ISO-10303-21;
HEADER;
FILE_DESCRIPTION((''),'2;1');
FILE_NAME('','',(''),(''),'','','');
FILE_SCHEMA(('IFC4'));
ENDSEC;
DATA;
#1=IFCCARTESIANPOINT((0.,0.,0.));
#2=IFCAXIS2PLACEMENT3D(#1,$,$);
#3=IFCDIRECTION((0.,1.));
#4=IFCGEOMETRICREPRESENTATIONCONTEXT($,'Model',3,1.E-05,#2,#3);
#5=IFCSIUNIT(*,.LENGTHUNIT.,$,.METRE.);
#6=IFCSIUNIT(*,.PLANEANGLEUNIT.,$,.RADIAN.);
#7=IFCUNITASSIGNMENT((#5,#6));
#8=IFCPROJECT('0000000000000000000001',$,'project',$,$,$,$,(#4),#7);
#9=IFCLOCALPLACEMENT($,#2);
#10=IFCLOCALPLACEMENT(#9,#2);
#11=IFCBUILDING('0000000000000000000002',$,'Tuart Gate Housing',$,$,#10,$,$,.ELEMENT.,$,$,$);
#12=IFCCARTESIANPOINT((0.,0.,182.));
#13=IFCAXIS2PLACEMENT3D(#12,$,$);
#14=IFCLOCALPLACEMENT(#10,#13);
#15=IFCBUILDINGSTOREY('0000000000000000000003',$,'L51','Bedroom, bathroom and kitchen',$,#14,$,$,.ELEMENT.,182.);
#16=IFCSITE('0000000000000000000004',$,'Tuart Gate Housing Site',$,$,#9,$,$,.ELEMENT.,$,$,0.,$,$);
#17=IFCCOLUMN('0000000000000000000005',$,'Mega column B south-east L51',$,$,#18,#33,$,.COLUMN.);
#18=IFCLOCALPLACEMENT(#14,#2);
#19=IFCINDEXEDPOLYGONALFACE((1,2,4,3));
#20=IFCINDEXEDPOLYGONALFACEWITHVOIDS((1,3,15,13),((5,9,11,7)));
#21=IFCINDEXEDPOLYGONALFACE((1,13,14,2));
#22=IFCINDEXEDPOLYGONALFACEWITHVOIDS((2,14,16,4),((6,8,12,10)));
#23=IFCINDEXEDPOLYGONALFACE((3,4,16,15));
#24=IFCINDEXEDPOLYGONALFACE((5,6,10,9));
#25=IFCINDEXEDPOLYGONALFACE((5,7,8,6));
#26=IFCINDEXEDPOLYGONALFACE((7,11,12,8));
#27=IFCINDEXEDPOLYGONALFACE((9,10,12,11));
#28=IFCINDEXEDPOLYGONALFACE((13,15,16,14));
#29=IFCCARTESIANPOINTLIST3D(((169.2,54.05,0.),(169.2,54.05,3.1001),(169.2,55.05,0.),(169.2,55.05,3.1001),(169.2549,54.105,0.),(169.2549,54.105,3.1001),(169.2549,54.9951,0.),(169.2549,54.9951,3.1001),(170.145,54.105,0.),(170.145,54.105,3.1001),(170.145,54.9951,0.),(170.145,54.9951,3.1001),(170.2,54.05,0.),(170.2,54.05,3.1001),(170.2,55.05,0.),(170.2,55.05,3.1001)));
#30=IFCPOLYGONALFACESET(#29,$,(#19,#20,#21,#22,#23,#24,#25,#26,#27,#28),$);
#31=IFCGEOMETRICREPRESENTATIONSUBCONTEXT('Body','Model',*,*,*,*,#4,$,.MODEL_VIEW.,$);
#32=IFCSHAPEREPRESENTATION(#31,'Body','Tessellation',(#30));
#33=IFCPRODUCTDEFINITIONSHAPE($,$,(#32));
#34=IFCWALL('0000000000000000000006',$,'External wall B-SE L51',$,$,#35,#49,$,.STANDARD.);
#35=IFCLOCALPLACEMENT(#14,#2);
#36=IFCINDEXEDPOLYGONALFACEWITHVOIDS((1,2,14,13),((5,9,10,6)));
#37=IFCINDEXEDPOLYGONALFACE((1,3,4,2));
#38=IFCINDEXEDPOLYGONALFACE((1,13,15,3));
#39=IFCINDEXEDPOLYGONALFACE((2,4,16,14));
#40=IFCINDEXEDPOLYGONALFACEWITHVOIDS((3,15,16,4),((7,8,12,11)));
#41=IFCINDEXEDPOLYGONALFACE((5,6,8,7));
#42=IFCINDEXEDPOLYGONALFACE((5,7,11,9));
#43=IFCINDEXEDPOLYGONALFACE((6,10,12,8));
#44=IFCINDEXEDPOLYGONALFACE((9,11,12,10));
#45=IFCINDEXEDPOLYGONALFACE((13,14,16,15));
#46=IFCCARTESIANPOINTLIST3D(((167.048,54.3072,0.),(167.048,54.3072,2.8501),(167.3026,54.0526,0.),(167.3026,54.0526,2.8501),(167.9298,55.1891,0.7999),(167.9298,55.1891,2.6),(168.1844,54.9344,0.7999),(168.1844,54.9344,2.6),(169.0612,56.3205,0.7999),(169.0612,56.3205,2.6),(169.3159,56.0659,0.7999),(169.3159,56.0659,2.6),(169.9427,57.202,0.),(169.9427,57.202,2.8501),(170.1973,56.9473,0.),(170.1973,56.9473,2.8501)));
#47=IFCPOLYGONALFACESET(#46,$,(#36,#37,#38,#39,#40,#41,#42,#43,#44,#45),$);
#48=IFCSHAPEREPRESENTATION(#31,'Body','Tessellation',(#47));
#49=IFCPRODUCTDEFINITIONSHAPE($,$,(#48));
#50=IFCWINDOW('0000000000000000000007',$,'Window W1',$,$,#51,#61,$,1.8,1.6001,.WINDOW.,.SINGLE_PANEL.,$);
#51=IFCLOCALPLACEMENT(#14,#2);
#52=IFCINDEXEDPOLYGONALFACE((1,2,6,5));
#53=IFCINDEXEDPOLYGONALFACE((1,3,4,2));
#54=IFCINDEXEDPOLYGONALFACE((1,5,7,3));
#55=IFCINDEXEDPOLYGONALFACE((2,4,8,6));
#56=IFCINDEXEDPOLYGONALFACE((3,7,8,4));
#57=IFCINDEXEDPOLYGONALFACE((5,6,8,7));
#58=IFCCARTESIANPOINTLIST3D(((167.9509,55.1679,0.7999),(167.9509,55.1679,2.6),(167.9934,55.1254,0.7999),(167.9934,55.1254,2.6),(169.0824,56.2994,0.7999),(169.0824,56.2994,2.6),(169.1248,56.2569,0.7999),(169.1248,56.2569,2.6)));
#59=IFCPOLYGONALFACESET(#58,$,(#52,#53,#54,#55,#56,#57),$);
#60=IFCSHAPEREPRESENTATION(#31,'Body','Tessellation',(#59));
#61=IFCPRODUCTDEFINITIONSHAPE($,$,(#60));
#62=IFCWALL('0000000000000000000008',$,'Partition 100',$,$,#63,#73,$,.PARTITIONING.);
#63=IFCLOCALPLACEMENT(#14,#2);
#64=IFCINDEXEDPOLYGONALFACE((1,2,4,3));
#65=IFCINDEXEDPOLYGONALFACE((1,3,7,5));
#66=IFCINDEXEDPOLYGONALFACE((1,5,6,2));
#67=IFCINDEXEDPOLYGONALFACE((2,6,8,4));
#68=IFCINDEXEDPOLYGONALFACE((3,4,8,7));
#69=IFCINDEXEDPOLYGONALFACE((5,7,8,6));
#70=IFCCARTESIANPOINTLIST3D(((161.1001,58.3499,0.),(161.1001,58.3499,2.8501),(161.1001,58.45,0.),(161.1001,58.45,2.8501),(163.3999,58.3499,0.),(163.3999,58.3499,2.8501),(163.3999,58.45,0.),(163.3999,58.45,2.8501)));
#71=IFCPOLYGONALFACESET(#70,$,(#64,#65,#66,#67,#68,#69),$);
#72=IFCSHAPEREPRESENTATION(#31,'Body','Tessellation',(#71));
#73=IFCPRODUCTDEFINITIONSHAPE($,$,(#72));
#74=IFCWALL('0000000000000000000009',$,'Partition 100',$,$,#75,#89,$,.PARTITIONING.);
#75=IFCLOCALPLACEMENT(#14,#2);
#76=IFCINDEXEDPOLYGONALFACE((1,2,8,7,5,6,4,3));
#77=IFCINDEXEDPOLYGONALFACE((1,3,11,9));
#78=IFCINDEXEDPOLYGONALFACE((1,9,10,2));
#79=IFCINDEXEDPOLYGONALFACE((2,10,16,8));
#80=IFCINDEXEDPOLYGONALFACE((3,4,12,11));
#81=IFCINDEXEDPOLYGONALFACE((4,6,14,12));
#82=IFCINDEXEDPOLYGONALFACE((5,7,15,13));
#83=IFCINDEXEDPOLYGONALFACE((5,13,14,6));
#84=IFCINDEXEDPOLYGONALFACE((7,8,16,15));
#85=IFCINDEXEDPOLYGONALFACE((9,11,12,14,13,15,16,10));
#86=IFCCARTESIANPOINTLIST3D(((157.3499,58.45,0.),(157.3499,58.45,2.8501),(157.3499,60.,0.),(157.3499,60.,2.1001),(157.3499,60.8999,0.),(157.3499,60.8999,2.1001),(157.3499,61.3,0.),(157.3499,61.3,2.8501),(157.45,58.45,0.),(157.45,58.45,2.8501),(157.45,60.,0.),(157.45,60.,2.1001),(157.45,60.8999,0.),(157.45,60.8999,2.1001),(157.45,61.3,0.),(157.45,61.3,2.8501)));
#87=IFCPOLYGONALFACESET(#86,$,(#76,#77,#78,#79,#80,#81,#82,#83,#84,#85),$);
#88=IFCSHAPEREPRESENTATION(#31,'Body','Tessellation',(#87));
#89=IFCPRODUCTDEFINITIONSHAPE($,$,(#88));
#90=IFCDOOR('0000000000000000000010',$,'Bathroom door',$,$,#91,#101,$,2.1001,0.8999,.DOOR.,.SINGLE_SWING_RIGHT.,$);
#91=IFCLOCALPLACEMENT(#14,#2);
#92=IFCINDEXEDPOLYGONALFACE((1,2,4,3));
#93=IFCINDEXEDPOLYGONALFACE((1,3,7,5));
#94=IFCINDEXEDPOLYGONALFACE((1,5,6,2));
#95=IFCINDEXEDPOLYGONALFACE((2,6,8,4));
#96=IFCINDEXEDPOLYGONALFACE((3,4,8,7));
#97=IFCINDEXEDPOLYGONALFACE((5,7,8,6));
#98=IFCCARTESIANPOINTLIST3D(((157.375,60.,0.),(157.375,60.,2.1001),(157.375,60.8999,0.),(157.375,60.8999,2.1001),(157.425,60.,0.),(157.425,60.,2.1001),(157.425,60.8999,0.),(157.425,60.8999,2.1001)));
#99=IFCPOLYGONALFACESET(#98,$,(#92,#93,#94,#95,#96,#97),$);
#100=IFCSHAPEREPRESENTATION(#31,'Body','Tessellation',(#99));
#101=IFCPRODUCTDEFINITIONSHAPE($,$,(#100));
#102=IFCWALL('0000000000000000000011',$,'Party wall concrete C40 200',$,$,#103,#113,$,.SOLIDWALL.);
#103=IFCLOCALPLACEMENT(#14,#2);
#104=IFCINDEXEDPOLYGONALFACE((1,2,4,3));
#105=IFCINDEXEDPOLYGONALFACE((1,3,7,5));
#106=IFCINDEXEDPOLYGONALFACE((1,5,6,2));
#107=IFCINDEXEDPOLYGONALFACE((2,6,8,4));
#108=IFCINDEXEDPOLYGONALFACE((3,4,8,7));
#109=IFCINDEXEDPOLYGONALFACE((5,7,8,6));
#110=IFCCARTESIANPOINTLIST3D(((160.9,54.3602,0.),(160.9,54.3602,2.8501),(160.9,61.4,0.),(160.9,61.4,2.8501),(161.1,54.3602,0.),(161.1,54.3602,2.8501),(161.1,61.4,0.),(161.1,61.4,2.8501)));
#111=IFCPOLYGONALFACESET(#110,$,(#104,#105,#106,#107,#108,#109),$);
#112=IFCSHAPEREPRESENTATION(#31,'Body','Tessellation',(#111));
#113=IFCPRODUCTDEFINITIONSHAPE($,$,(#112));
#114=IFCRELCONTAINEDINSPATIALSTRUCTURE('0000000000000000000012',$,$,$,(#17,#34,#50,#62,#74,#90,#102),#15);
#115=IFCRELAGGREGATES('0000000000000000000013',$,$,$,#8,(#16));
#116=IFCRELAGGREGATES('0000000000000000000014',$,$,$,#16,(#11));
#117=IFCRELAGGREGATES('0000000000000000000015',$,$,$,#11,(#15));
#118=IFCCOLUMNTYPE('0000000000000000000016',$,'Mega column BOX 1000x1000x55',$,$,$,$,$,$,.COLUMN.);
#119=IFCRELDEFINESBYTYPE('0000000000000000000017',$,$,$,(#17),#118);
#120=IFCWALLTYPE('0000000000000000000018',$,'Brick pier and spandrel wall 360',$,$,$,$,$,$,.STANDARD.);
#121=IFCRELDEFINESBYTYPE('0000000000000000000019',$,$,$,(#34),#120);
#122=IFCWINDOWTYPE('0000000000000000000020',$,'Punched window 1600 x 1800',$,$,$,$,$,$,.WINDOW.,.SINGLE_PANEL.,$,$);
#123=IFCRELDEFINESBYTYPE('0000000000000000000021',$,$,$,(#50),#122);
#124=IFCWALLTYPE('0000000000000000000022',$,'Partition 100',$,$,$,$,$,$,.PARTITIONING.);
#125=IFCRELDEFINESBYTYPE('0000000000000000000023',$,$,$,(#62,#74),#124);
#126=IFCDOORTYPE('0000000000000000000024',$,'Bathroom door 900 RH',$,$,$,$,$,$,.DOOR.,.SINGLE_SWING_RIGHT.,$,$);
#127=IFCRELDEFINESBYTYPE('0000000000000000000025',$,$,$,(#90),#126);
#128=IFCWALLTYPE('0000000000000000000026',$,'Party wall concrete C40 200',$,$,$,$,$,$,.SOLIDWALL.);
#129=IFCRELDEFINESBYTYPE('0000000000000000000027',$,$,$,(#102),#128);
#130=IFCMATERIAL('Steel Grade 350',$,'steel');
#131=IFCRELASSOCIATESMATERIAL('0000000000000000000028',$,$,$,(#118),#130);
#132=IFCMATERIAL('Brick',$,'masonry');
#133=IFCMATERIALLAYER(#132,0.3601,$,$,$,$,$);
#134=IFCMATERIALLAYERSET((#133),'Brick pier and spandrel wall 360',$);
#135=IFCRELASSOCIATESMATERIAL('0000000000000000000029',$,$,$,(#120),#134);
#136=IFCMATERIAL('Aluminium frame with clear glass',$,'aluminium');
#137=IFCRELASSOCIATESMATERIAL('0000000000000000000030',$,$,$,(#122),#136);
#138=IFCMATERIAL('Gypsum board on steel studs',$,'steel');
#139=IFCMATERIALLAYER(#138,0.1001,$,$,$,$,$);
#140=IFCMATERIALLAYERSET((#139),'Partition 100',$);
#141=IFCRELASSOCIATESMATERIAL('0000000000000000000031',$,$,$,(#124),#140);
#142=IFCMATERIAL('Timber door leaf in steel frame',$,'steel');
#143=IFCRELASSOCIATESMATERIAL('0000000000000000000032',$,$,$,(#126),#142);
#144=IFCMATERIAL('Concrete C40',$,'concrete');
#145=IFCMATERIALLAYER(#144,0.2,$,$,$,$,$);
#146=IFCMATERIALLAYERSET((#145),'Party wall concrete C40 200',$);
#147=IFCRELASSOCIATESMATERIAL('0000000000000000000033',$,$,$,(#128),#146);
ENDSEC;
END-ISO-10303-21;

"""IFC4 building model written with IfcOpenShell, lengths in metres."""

from ifc_helpers import new_model, si_unit, direction, frame, frame_2d, origin, origin_2d, place, context, subcontext, project, spatial, rectangle, hollow_rectangle, extrude, material, layer, layer_set, material_profile, profile_set, type_object, element, fill, save


model = new_model("IFC4")

# Units and contexts
model_context = context("Model", 3, precision=1e-05, world=origin(), true_north=direction((0.0, 1.0)))
body_context = subcontext(model_context, "Body", "Model", "MODEL_VIEW")
ifc_project = project(units=[si_unit("LENGTHUNIT", "METRE"), si_unit("PLANEANGLEUNIT", "RADIAN")], contexts=[model_context])

# Site, building, storey
site_placement = place(None, origin())
site = spatial("IfcSite", under=ifc_project, at=site_placement, Name="Tuart Gate Housing Site", CompositionType="ELEMENT", RefElevation=0.0)
building_placement = place(site_placement, origin())
building = spatial("IfcBuilding", under=site, at=building_placement, Name="Tuart Gate Housing", CompositionType="ELEMENT")
storey_placement = place(building_placement, frame((0.0, 0.0, 182.0)))
storey = spatial("IfcBuildingStorey", under=building, at=storey_placement, Name="L51", Description="Bedroom, bathroom and kitchen", CompositionType="ELEMENT", Elevation=182.0)

# Column
ifc_material_1 = material(Name="Steel Grade 350", Category="steel")
ifc_material_profile = material_profile(ifc_material_1, hollow_rectangle(XDim=1.0, YDim=1.0, WallThickness=0.0549, at=origin_2d()), Name="BOX 1000x1000x55")
ifc_profile_set = profile_set([ifc_material_profile], Name="Steel Grade 350")
column_type = type_object("IfcColumnType", Name="Mega column BOX 1000x1000x55", PredefinedType="COLUMN", material=ifc_profile_set)
column_placement = place(storey_placement, frame((169.7, 54.55, 0.0), z_axis=(0.0, 0.0, 1.0), x_axis=(1.0, 0.0, 0.0)))
element("IfcColumn", 1, at=column_placement, inside=storey, type_object=column_type, Name="Mega column B south-east L51", PredefinedType="COLUMN", context=body_context, shape_type="SweptSolid", body=[
    extrude(hollow_rectangle(XDim=1.0, YDim=1.0, WallThickness=0.0549, at=origin_2d()), origin(), (0.0, 0.0, 1.0), 3.1001),
])

# Wall, opening, window
ifc_material_2 = material(Name="Brick", Category="masonry")
ifc_layer_1 = layer(ifc_material_2, 0.3601)
ifc_layer_set_1 = layer_set([ifc_layer_1], Name="Brick pier and spandrel wall 360")
wall_type_1 = type_object("IfcWallType", Name="Brick pier and spandrel wall 360", PredefinedType="STANDARD", material=ifc_layer_set_1)
wall_1_placement = place(storey_placement, frame((167.1753, 54.1799, 0.0), z_axis=(0.0, 0.0, 1.0), x_axis=(0.707107, 0.707107, 0.0)))
wall_1 = element("IfcWall", 2, at=wall_1_placement, inside=storey, type_object=wall_type_1, Name="External wall B-SE L51", PredefinedType="STANDARD", context=body_context, shape_type="SweptSolid", body=[
    extrude(rectangle(XDim=4.0938, YDim=0.3601, at=frame_2d((2.0469, 0.0))), origin(), (0.0, 0.0, 1.0), 2.8501),
])
opening_1_placement = place(wall_1_placement, frame((1.2471, 0.0, 0.8)))
opening_1 = element("IfcOpeningElement", 3, at=opening_1_placement, cuts=wall_1, PredefinedType="OPENING", context=body_context, shape_type="SweptSolid", body=[
    extrude(rectangle(XDim=1.6001, YDim=1.8, at=frame_2d((0.8, 0.8999))), frame((0.0, 0.1899, 0.0), z_axis=(0.0, -1.0, 0.0), x_axis=(1.0, 0.0, 0.0)), (0.0, 0.0, 1.0), 0.3801),
])
ifc_material_3 = material(Name="Aluminium frame with clear glass", Category="aluminium")
window_type_1 = type_object("IfcWindowType", Name="Punched window 1600 x 1800", PartitioningType="SINGLE_PANEL", PredefinedType="WINDOW", material=ifc_material_3)
window_1_placement = place(opening_1_placement, origin())
window_1 = element("IfcWindow", 4, at=window_1_placement, inside=storey, type_object=window_type_1, Name="Window W1", OverallHeight=1.8, OverallWidth=1.6001, PartitioningType="SINGLE_PANEL", PredefinedType="WINDOW", context=body_context, shape_type="SweptSolid", body=[
    extrude(rectangle(XDim=1.6001, YDim=1.8, at=frame_2d((0.8, 0.8999))), frame((0.0, 0.1501, 0.0), z_axis=(0.0, -1.0, 0.0), x_axis=(1.0, 0.0, 0.0)), (0.0, 0.0, 1.0), 0.0601),
])
fill(opening_1, window_1)

# Wall
ifc_material_4 = material(Name="Gypsum board on steel studs", Category="steel")
ifc_layer_2 = layer(ifc_material_4, 0.1001)
ifc_layer_set_2 = layer_set([ifc_layer_2], Name="Partition 100")
wall_type_2 = type_object("IfcWallType", Name="Partition 100", PredefinedType="PARTITIONING", material=ifc_layer_set_2)
wall_2_placement = place(storey_placement, frame((161.1001, 58.3999, 0.0), z_axis=(0.0, 0.0, 1.0), x_axis=(1.0, 0.0, 0.0)))
element("IfcWall", 5, at=wall_2_placement, inside=storey, type_object=wall_type_2, Name="Partition 100", PredefinedType="PARTITIONING", context=body_context, shape_type="SweptSolid", body=[
    extrude(rectangle(XDim=2.2998, YDim=0.1001, at=frame_2d((1.1499, 0.0))), origin(), (0.0, 0.0, 1.0), 2.8501),
])

# Wall, opening, door
wall_3_placement = place(storey_placement, frame((157.3999, 58.45, 0.0), z_axis=(0.0, 0.0, 1.0), x_axis=(0.0, 1.0, 0.0)))
wall_3 = element("IfcWall", 6, at=wall_3_placement, inside=storey, type_object=wall_type_2, Name="Partition 100", PredefinedType="PARTITIONING", context=body_context, shape_type="SweptSolid", body=[
    extrude(rectangle(XDim=2.8501, YDim=0.1001, at=frame_2d((1.425, 0.0))), origin(), (0.0, 0.0, 1.0), 2.8501),
])
opening_2_placement = place(wall_3_placement, frame((1.55, 0.0, 0.0)))
opening_2 = element("IfcOpeningElement", 7, at=opening_2_placement, cuts=wall_3, PredefinedType="OPENING", context=body_context, shape_type="SweptSolid", body=[
    extrude(rectangle(XDim=0.8999, YDim=2.1001, at=frame_2d((0.45, 1.05))), frame((0.0, 0.0601, 0.0), z_axis=(0.0, -1.0, 0.0), x_axis=(1.0, 0.0, 0.0)), (0.0, 0.0, 1.0), 0.1201),
])
ifc_material_5 = material(Name="Timber door leaf in steel frame", Category="steel")
door_type = type_object("IfcDoorType", Name="Bathroom door 900 RH", OperationType="SINGLE_SWING_RIGHT", PredefinedType="DOOR", material=ifc_material_5)
door_placement = place(opening_2_placement, origin())
door = element("IfcDoor", 8, at=door_placement, inside=storey, type_object=door_type, Name="Bathroom door", OperationType="SINGLE_SWING_RIGHT", OverallHeight=2.1001, OverallWidth=0.8999, PredefinedType="DOOR", context=body_context, shape_type="SweptSolid", body=[
    extrude(rectangle(XDim=0.8999, YDim=2.1001, at=frame_2d((0.45, 1.05))), frame((0.0, 0.0249, 0.0), z_axis=(0.0, -1.0, 0.0), x_axis=(1.0, 0.0, 0.0)), (0.0, 0.0, 1.0), 0.05),
])
fill(opening_2, door)

# Wall
ifc_material_6 = material(Name="Concrete C40", Category="concrete")
ifc_layer_3 = layer(ifc_material_6, 0.2)
ifc_layer_set_3 = layer_set([ifc_layer_3], Name="Party wall concrete C40 200")
wall_type_3 = type_object("IfcWallType", Name="Party wall concrete C40 200", PredefinedType="SOLIDWALL", material=ifc_layer_set_3)
wall_4_placement = place(storey_placement, frame((161.0, 54.3601, 0.0), z_axis=(0.0, 0.0, 1.0), x_axis=(0.0, 1.0, 0.0)))
element("IfcWall", 9, at=wall_4_placement, inside=storey, type_object=wall_type_3, Name="Party wall concrete C40 200", PredefinedType="SOLIDWALL", context=body_context, shape_type="SweptSolid", body=[
    extrude(rectangle(XDim=7.0398, YDim=0.2, at=frame_2d((3.52, 0.0))), origin(), (0.0, 0.0, 1.0), 2.8501),
])

save(model, "model.ifc")
